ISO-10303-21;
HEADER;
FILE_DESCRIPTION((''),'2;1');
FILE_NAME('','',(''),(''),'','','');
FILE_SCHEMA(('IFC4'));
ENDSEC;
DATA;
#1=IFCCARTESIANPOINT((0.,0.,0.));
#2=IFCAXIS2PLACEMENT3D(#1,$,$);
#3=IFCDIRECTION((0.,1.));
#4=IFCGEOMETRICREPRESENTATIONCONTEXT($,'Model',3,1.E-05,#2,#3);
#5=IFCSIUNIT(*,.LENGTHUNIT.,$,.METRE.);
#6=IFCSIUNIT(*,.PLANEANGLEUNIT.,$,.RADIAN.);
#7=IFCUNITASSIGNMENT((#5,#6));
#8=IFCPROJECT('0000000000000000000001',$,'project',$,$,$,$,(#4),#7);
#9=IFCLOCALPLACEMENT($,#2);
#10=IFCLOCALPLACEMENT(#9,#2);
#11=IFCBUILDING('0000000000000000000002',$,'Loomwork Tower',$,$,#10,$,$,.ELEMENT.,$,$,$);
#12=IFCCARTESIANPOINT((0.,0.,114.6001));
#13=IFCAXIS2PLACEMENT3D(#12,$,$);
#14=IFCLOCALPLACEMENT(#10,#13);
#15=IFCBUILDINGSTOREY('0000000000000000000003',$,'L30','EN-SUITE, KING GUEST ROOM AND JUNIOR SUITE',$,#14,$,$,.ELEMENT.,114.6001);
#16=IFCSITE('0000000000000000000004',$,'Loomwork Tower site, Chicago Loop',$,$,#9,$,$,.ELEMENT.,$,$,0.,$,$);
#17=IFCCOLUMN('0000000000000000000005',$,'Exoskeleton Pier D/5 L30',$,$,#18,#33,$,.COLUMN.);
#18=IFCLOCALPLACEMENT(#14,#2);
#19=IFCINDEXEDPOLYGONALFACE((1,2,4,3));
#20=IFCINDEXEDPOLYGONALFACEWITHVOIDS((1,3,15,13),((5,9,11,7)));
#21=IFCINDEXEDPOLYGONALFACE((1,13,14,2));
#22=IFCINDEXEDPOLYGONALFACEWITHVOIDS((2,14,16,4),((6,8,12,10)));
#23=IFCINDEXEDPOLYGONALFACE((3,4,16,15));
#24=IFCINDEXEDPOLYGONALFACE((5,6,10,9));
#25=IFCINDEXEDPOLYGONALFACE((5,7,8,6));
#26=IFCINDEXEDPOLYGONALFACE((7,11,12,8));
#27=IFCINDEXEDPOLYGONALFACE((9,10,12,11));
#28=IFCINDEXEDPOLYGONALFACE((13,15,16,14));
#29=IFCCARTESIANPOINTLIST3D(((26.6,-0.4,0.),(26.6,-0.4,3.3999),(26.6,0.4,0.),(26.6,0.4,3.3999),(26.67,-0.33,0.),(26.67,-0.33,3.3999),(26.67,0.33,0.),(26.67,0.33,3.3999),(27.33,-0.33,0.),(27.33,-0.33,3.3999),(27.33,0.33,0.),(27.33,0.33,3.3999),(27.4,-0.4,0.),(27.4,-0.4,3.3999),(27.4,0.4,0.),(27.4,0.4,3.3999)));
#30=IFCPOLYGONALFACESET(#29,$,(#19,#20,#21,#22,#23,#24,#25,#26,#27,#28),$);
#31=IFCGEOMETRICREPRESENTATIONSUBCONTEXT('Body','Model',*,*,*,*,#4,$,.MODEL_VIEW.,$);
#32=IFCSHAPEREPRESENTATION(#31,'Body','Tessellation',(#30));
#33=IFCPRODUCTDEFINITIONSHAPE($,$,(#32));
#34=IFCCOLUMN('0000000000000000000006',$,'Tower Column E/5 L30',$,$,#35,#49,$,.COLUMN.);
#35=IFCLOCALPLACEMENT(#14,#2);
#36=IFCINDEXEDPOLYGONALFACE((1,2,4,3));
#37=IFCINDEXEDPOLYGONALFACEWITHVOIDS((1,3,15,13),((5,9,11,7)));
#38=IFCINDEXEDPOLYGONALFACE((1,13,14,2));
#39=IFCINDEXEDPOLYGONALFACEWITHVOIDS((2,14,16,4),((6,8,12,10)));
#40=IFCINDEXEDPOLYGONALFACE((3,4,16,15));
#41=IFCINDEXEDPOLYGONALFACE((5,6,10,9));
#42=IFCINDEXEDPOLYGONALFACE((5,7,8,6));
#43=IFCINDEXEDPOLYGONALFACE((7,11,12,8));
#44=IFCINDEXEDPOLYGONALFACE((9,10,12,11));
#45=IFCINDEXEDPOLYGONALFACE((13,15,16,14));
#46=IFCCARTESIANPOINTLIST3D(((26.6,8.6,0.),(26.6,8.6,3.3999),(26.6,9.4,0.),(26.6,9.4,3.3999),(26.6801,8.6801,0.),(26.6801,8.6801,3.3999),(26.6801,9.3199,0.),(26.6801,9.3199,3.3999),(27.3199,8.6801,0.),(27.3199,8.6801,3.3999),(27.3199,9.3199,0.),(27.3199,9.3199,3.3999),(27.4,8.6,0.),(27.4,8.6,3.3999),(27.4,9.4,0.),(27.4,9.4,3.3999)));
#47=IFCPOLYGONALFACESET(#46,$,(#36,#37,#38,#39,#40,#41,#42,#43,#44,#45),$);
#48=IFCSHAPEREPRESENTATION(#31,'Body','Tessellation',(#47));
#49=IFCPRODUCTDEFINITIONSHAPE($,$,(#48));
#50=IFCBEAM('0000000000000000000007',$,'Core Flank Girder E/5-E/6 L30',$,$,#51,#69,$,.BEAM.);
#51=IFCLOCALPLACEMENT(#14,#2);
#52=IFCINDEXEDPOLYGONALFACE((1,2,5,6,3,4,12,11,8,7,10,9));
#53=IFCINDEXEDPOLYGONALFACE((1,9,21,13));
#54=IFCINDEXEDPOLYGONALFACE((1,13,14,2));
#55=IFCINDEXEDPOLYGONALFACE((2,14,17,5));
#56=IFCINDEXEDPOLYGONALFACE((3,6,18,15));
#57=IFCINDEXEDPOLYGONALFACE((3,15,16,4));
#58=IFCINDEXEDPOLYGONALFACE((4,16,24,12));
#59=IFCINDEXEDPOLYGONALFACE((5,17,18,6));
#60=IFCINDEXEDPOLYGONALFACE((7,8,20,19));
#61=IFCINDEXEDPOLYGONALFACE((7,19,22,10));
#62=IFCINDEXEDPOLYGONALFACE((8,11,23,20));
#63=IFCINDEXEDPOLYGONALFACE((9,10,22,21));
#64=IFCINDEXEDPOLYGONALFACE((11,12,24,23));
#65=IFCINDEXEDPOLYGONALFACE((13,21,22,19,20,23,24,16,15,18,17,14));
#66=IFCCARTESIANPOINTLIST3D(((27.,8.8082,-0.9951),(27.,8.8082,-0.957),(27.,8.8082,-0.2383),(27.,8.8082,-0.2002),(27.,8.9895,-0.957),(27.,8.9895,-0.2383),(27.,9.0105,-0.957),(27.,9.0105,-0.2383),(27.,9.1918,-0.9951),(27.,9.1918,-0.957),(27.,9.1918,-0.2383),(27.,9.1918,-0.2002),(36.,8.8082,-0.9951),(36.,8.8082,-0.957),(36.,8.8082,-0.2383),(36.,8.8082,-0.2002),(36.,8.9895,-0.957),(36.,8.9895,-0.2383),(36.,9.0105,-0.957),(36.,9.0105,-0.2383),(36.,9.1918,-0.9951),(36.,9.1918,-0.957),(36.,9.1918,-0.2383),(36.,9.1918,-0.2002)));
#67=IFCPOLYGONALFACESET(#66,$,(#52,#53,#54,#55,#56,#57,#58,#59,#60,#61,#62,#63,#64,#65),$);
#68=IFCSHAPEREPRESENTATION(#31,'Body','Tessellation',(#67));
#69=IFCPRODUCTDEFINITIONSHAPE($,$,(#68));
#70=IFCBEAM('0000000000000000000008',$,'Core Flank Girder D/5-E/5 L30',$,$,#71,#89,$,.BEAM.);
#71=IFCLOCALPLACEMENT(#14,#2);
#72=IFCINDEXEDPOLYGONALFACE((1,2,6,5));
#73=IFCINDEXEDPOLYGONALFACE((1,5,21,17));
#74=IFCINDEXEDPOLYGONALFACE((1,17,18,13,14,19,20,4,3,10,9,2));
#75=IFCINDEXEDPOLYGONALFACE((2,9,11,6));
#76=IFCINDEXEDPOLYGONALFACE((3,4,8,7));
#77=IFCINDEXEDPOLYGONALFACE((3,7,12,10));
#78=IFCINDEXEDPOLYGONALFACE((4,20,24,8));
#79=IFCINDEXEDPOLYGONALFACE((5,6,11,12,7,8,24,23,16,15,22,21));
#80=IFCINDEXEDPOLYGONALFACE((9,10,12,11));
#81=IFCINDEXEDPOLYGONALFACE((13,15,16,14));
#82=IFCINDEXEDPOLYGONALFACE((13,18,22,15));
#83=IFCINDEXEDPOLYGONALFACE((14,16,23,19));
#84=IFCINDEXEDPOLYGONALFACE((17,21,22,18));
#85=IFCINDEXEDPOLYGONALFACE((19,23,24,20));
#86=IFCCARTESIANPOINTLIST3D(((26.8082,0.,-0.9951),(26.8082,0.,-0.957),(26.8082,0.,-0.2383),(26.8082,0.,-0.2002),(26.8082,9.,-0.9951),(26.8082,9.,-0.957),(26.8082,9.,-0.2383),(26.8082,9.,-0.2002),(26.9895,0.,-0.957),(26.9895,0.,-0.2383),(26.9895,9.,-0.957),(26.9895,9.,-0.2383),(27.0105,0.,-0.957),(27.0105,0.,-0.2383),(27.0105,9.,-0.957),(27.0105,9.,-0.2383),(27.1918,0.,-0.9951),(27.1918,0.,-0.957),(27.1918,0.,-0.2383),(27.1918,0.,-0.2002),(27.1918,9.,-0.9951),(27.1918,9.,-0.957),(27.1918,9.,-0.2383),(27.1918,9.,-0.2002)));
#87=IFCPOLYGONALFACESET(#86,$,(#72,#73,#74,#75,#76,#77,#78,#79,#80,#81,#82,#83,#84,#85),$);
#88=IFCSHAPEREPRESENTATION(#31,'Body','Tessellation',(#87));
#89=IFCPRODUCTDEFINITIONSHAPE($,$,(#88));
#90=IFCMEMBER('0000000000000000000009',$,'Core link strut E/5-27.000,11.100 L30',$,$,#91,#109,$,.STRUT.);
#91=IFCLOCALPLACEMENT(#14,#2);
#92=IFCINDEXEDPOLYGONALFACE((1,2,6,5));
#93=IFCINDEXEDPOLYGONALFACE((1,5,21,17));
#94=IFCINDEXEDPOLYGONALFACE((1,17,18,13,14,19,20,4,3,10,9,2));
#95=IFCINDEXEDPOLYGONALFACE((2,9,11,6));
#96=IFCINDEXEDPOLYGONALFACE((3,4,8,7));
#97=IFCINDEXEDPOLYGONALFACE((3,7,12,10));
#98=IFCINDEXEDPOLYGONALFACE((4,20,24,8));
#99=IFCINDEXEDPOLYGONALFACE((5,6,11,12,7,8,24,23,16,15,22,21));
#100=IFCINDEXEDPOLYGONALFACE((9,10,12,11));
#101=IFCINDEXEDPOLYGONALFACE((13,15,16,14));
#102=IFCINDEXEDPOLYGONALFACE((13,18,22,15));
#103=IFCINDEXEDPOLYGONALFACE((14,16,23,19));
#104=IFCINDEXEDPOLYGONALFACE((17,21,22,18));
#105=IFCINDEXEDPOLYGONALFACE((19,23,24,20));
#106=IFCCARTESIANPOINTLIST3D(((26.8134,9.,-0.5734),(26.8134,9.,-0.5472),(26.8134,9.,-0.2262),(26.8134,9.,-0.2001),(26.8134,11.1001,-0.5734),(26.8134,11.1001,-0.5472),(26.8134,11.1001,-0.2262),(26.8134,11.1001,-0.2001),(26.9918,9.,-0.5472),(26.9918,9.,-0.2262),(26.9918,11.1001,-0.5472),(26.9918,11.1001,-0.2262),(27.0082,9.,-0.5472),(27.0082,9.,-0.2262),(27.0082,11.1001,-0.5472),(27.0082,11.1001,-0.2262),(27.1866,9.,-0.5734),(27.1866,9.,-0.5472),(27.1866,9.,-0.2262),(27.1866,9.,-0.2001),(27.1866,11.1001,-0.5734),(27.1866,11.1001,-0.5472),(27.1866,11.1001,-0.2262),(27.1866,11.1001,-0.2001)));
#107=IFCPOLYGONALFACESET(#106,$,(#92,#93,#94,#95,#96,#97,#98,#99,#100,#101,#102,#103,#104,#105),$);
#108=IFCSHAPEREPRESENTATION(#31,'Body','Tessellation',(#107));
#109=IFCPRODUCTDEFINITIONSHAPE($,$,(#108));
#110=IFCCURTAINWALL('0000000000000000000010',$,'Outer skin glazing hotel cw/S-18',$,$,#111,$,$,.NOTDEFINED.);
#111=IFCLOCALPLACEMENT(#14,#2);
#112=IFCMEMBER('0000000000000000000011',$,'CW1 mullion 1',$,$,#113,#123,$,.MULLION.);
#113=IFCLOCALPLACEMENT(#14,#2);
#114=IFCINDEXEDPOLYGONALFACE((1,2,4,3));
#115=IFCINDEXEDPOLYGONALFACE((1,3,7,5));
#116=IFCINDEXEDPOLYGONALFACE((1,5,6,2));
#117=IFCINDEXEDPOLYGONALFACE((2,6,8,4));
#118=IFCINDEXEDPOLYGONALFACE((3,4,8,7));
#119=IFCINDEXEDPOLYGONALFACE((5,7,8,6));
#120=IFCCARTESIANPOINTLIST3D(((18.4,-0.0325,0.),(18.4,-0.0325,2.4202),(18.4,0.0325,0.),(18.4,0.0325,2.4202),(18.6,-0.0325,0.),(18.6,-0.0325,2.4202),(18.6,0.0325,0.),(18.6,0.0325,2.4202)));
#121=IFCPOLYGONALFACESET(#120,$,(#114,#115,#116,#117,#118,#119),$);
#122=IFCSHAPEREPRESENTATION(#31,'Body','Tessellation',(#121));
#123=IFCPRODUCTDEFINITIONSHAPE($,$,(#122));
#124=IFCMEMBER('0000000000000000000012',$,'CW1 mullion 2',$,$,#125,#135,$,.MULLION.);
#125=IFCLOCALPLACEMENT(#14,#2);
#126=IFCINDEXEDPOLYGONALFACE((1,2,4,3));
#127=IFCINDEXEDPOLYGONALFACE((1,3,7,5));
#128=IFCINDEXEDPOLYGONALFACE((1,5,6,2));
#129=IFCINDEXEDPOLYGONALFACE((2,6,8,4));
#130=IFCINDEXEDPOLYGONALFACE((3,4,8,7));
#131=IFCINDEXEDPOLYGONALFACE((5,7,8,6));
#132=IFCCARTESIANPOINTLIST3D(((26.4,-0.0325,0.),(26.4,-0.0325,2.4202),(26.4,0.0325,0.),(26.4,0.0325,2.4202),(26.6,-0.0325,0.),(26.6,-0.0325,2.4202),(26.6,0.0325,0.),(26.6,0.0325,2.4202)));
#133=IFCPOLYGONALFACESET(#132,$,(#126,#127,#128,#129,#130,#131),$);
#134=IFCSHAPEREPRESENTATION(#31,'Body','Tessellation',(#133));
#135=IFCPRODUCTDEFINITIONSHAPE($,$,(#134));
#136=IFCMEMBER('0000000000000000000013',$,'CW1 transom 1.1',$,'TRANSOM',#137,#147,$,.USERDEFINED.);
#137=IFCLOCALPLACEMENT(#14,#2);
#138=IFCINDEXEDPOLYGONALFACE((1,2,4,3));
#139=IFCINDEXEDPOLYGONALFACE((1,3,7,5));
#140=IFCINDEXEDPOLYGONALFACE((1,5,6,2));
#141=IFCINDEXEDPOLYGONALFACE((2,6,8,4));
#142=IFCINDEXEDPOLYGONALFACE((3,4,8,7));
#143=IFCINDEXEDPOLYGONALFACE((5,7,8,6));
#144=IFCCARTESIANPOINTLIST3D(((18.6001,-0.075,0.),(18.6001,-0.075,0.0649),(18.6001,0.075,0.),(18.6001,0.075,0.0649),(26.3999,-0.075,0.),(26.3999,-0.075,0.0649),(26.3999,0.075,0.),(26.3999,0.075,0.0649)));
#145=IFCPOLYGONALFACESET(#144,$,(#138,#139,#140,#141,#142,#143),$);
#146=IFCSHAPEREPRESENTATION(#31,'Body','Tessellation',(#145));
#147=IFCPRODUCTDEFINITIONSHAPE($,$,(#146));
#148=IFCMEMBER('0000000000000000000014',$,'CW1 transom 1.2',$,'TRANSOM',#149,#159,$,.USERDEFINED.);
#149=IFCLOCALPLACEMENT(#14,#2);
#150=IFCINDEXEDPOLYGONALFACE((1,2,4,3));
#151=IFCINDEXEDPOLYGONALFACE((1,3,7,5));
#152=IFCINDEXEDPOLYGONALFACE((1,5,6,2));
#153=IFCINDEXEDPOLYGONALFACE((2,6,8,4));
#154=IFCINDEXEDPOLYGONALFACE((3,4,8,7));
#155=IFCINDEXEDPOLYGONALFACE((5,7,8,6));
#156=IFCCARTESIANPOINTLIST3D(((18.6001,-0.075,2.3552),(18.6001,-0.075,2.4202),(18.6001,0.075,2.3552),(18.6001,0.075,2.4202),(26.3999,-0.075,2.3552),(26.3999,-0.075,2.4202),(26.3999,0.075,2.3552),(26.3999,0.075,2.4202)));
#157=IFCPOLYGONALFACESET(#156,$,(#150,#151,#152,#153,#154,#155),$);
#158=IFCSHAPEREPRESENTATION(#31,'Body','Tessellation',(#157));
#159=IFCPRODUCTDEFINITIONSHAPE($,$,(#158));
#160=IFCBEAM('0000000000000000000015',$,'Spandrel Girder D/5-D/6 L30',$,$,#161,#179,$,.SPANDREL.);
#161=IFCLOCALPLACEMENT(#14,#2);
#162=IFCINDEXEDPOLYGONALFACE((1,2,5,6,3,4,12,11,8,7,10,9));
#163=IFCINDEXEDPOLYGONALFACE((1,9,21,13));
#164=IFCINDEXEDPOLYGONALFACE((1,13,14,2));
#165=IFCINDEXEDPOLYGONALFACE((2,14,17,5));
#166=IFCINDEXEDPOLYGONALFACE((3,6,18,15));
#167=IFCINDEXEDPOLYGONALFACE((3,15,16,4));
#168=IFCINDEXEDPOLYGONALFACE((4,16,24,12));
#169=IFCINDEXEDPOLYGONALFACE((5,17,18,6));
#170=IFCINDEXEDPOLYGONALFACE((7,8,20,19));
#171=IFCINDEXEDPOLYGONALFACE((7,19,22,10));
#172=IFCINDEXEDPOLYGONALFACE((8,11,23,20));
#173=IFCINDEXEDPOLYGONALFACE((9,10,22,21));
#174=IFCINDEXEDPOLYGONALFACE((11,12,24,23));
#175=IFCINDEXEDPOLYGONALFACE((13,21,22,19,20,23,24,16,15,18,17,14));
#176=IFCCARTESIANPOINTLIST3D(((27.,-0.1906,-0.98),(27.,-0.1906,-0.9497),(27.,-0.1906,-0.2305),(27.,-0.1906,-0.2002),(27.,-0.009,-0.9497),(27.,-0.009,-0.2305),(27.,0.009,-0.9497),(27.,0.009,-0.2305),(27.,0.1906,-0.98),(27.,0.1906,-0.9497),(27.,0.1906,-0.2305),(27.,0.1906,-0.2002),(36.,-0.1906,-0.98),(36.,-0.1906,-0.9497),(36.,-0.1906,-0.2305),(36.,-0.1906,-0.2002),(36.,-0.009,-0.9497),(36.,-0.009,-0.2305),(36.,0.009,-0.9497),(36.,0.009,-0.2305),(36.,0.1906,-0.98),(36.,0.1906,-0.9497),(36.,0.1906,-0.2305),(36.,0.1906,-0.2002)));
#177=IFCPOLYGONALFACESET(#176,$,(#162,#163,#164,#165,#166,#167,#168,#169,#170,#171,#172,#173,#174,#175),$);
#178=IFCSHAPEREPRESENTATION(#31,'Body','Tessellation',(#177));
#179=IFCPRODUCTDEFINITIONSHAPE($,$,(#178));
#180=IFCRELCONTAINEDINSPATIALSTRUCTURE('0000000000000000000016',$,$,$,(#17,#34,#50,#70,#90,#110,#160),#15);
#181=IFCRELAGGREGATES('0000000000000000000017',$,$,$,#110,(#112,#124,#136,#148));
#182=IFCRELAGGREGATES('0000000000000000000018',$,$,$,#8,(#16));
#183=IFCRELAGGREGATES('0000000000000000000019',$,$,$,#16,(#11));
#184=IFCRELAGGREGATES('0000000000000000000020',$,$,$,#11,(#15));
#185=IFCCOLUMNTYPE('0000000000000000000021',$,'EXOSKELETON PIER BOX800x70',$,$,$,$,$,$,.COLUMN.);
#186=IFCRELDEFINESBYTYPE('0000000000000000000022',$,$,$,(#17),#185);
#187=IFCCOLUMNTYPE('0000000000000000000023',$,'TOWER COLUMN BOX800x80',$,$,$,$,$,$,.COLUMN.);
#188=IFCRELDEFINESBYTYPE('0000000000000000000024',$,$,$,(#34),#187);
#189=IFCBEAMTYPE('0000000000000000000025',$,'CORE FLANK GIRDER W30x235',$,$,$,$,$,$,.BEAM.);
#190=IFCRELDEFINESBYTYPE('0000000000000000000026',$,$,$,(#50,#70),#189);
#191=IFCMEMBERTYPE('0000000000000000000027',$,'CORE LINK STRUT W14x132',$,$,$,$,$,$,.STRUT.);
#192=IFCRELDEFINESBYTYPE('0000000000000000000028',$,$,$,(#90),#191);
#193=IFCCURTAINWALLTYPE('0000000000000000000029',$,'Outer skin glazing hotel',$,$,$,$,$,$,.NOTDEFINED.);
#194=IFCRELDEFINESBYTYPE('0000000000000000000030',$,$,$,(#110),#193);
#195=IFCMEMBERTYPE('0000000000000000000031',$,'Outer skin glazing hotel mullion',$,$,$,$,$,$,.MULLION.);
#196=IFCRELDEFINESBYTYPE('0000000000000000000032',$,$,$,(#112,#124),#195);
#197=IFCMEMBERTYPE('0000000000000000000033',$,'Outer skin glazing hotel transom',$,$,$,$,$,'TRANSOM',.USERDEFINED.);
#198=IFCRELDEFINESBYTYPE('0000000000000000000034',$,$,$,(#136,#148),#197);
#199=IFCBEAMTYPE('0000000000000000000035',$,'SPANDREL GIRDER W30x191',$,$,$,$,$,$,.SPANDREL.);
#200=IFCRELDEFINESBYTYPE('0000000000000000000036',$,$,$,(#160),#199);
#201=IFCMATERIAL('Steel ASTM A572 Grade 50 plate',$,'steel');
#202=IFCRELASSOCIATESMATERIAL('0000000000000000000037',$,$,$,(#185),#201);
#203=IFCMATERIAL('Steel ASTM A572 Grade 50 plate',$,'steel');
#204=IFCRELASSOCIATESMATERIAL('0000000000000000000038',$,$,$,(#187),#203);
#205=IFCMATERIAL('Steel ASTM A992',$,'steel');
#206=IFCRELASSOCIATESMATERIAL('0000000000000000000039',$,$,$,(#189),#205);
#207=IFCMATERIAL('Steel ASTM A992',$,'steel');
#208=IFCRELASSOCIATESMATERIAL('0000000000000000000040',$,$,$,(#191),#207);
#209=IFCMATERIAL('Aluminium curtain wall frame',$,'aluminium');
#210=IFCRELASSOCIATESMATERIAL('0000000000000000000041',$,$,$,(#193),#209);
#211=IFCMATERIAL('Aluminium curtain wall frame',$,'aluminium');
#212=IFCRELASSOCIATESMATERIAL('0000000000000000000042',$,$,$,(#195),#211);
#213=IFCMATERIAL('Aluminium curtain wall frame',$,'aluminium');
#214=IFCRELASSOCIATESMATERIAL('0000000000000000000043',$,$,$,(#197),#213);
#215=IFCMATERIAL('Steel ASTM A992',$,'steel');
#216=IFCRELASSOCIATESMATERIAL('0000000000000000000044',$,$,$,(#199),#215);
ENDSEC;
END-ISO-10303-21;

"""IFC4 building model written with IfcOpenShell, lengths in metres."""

from ifc_helpers import new_model, si_unit, direction, frame, origin, origin_2d, place, context, subcontext, project, spatial, rectangle, hollow_rectangle, i_section, extrude, material, material_profile, profile_set, type_object, element, aggregate, save


model = new_model("IFC4")

# Units and contexts
model_context = context("Model", 3, precision=1e-05, world=origin(), true_north=direction((0.0, 1.0)))
body_context = subcontext(model_context, "Body", "Model", "MODEL_VIEW")
ifc_project = project(units=[si_unit("LENGTHUNIT", "METRE"), si_unit("PLANEANGLEUNIT", "RADIAN")], contexts=[model_context])

# Site, building, storey
site_placement = place(None, origin())
site = spatial("IfcSite", under=ifc_project, at=site_placement, Name="Loomwork Tower site, Chicago Loop", CompositionType="ELEMENT", RefElevation=0.0)
building_placement = place(site_placement, origin())
building = spatial("IfcBuilding", under=site, at=building_placement, Name="Loomwork Tower", CompositionType="ELEMENT")
storey_placement = place(building_placement, frame((0.0, 0.0, 114.6001)))
storey = spatial("IfcBuildingStorey", under=building, at=storey_placement, Name="L30", Description="EN-SUITE, KING GUEST ROOM AND JUNIOR SUITE", CompositionType="ELEMENT", Elevation=114.6001)

# Columns
ifc_material_1 = material(Name="Steel ASTM A572 Grade 50 plate", Category="steel")
ifc_material_profile_1 = material_profile(ifc_material_1, hollow_rectangle(XDim=0.8, YDim=0.8, WallThickness=0.0701, at=origin_2d()), Name="BOX800x70")
ifc_profile_set_1 = profile_set([ifc_material_profile_1], Name="Steel ASTM A572 Grade 50 plate")
column_type_1 = type_object("IfcColumnType", Name="EXOSKELETON PIER BOX800x70", PredefinedType="COLUMN", material=ifc_profile_set_1)
column_1_placement = place(storey_placement, frame((27.0, 0.0, 0.0), z_axis=(0.0, 0.0, 1.0), x_axis=(1.0, 0.0, 0.0)))
element("IfcColumn", 1, at=column_1_placement, inside=storey, type_object=column_type_1, Name="Exoskeleton Pier D/5 L30", PredefinedType="COLUMN", context=body_context, shape_type="SweptSolid", body=[
    extrude(hollow_rectangle(XDim=0.8, YDim=0.8, WallThickness=0.0701, at=origin_2d()), origin(), (0.0, 0.0, 1.0), 3.3999),
])
ifc_material_2 = material(Name="Steel ASTM A572 Grade 50 plate", Category="steel")
ifc_material_profile_2 = material_profile(ifc_material_2, hollow_rectangle(XDim=0.8, YDim=0.8, WallThickness=0.0801, at=origin_2d()), Name="BOX800x80")
ifc_profile_set_2 = profile_set([ifc_material_profile_2], Name="Steel ASTM A572 Grade 50 plate")
column_type_2 = type_object("IfcColumnType", Name="TOWER COLUMN BOX800x80", PredefinedType="COLUMN", material=ifc_profile_set_2)
column_2_placement = place(storey_placement, frame((27.0, 9.0, 0.0), z_axis=(0.0, 0.0, 1.0), x_axis=(1.0, 0.0, 0.0)))
element("IfcColumn", 2, at=column_2_placement, inside=storey, type_object=column_type_2, Name="Tower Column E/5 L30", PredefinedType="COLUMN", context=body_context, shape_type="SweptSolid", body=[
    extrude(hollow_rectangle(XDim=0.8, YDim=0.8, WallThickness=0.0801, at=origin_2d()), origin(), (0.0, 0.0, 1.0), 3.3999),
])

# Beams
ifc_material_3 = material(Name="Steel ASTM A992", Category="steel")
ifc_material_profile_3 = material_profile(ifc_material_3, i_section(OverallWidth=0.3835, OverallDepth=0.7949, WebThickness=0.021, FlangeThickness=0.0381, at=origin_2d()), Name="W30x235")
ifc_profile_set_3 = profile_set([ifc_material_profile_3], Name="Steel ASTM A992")
beam_type_1 = type_object("IfcBeamType", Name="CORE FLANK GIRDER W30x235", PredefinedType="BEAM", material=ifc_profile_set_3)
for number, where, z_axis, x_axis, name in (
    (3, (27.0, 9.0, -0.5977), (1.0, 0.0, 0.0), (0.0, 1.0, 0.0), "Core Flank Girder E/5-E/6 L30"),
    (4, (27.0, 0.0, -0.5977), (0.0, 1.0, 0.0), (-1.0, 0.0, 0.0), "Core Flank Girder D/5-E/5 L30"),
):
    element("IfcBeam", number, at=place(storey_placement, frame(where, z_axis=z_axis, x_axis=x_axis)), inside=storey, type_object=beam_type_1, Name=name, PredefinedType="BEAM", context=body_context, shape_type="SweptSolid", body=[
        extrude(i_section(OverallWidth=0.3835, OverallDepth=0.7949, WebThickness=0.021, FlangeThickness=0.0381, at=origin_2d()), origin(), (0.0, 0.0, 1.0), 9.0),
    ])

# Member
ifc_material_4 = material(Name="Steel ASTM A992", Category="steel")
ifc_material_profile_4 = material_profile(ifc_material_4, i_section(OverallWidth=0.3733, OverallDepth=0.3733, WebThickness=0.0164, FlangeThickness=0.0261, at=origin_2d()), Name="W14x132")
ifc_profile_set_4 = profile_set([ifc_material_profile_4], Name="Steel ASTM A992")
member_type_1 = type_object("IfcMemberType", Name="CORE LINK STRUT W14x132", PredefinedType="STRUT", material=ifc_profile_set_4)
member_1_placement = place(storey_placement, frame((27.0, 9.0, -0.3867), z_axis=(0.0, 1.0, 0.0), x_axis=(-1.0, 0.0, 0.0)))
element("IfcMember", 5, at=member_1_placement, inside=storey, type_object=member_type_1, Name="Core link strut E/5-27.000,11.100 L30", PredefinedType="STRUT", context=body_context, shape_type="SweptSolid", body=[
    extrude(i_section(OverallWidth=0.3733, OverallDepth=0.3733, WebThickness=0.0164, FlangeThickness=0.0261, at=origin_2d()), origin(), (0.0, 0.0, 1.0), 2.1001),
])

# Curtain wall, members
ifc_material_5 = material(Name="Aluminium curtain wall frame", Category="aluminium")
curtain_wall_type = type_object("IfcCurtainWallType", Name="Outer skin glazing hotel", PredefinedType="NOTDEFINED", material=ifc_material_5)
curtain_wall_placement = place(storey_placement, origin())
curtain_wall = element("IfcCurtainWall", 6, at=curtain_wall_placement, inside=storey, type_object=curtain_wall_type, Name="Outer skin glazing hotel cw/S-18", PredefinedType="NOTDEFINED")
ifc_material_6 = material(Name="Aluminium curtain wall frame", Category="aluminium")
ifc_material_profile_5 = material_profile(ifc_material_6, rectangle(XDim=0.0649, YDim=0.2, at=origin_2d()), Name="AL 65x200")
ifc_profile_set_5 = profile_set([ifc_material_profile_5], Name="Aluminium curtain wall frame")
member_type_2 = type_object("IfcMemberType", Name="Outer skin glazing hotel mullion", PredefinedType="MULLION", material=ifc_profile_set_5)
member_2_placement = place(storey_placement, frame((18.5, 0.0, 0.0), z_axis=(0.0, 0.0, 1.0), x_axis=(0.0, 1.0, 0.0)))
member_2 = element("IfcMember", 7, at=member_2_placement, type_object=member_type_2, Name="CW1 mullion 1", PredefinedType="MULLION", context=body_context, shape_type="SweptSolid", body=[
    extrude(rectangle(XDim=0.0649, YDim=0.2, at=origin_2d()), origin(), (0.0, 0.0, 1.0), 2.4202),
])
member_3_placement = place(storey_placement, frame((26.5, 0.0, 0.0), z_axis=(0.0, 0.0, 1.0), x_axis=(0.0, 1.0, 0.0)))
member_3 = element("IfcMember", 8, at=member_3_placement, type_object=member_type_2, Name="CW1 mullion 2", PredefinedType="MULLION", context=body_context, shape_type="SweptSolid", body=[
    extrude(rectangle(XDim=0.0649, YDim=0.2, at=origin_2d()), origin(), (0.0, 0.0, 1.0), 2.4202),
])
ifc_material_7 = material(Name="Aluminium curtain wall frame", Category="aluminium")
ifc_material_profile_6 = material_profile(ifc_material_7, rectangle(XDim=0.1499, YDim=0.0649, at=origin_2d()), Name="AL 65x150")
ifc_profile_set_6 = profile_set([ifc_material_profile_6], Name="Aluminium curtain wall frame")
member_type_3 = type_object("IfcMemberType", Name="Outer skin glazing hotel transom", ElementType="TRANSOM", PredefinedType="USERDEFINED", material=ifc_profile_set_6)
member_4_placement = place(storey_placement, frame((18.6001, 0.0, 0.0325), z_axis=(1.0, 0.0, 0.0), x_axis=(0.0, 1.0, 0.0)))
member_4 = element("IfcMember", 9, at=member_4_placement, type_object=member_type_3, Name="CW1 transom 1.1", ObjectType="TRANSOM", PredefinedType="USERDEFINED", context=body_context, shape_type="SweptSolid", body=[
    extrude(rectangle(XDim=0.1499, YDim=0.0649, at=origin_2d()), origin(), (0.0, 0.0, 1.0), 7.7998),
])
member_5_placement = place(storey_placement, frame((18.6001, 0.0, 2.3877), z_axis=(1.0, 0.0, 0.0), x_axis=(0.0, 1.0, 0.0)))
member_5 = element("IfcMember", 10, at=member_5_placement, type_object=member_type_3, Name="CW1 transom 1.2", ObjectType="TRANSOM", PredefinedType="USERDEFINED", context=body_context, shape_type="SweptSolid", body=[
    extrude(rectangle(XDim=0.1499, YDim=0.0649, at=origin_2d()), origin(), (0.0, 0.0, 1.0), 7.7998),
])

# Beam
ifc_material_8 = material(Name="Steel ASTM A992", Category="steel")
ifc_material_profile_7 = material_profile(ifc_material_8, i_section(OverallWidth=0.3811, OverallDepth=0.7798, WebThickness=0.0181, FlangeThickness=0.0303, at=origin_2d()), Name="W30x191")
ifc_profile_set_7 = profile_set([ifc_material_profile_7], Name="Steel ASTM A992")
beam_type_2 = type_object("IfcBeamType", Name="SPANDREL GIRDER W30x191", PredefinedType="SPANDREL", material=ifc_profile_set_7)
beam_placement = place(storey_placement, frame((27.0, 0.0, -0.5901), z_axis=(1.0, 0.0, 0.0), x_axis=(0.0, 1.0, 0.0)))
element("IfcBeam", 11, at=beam_placement, inside=storey, type_object=beam_type_2, Name="Spandrel Girder D/5-D/6 L30", PredefinedType="SPANDREL", context=body_context, shape_type="SweptSolid", body=[
    extrude(i_section(OverallWidth=0.3811, OverallDepth=0.7798, WebThickness=0.0181, FlangeThickness=0.0303, at=origin_2d()), origin(), (0.0, 0.0, 1.0), 9.0),
])

aggregate(curtain_wall, [member_2, member_3, member_4, member_5])

save(model, "model.ifc")
